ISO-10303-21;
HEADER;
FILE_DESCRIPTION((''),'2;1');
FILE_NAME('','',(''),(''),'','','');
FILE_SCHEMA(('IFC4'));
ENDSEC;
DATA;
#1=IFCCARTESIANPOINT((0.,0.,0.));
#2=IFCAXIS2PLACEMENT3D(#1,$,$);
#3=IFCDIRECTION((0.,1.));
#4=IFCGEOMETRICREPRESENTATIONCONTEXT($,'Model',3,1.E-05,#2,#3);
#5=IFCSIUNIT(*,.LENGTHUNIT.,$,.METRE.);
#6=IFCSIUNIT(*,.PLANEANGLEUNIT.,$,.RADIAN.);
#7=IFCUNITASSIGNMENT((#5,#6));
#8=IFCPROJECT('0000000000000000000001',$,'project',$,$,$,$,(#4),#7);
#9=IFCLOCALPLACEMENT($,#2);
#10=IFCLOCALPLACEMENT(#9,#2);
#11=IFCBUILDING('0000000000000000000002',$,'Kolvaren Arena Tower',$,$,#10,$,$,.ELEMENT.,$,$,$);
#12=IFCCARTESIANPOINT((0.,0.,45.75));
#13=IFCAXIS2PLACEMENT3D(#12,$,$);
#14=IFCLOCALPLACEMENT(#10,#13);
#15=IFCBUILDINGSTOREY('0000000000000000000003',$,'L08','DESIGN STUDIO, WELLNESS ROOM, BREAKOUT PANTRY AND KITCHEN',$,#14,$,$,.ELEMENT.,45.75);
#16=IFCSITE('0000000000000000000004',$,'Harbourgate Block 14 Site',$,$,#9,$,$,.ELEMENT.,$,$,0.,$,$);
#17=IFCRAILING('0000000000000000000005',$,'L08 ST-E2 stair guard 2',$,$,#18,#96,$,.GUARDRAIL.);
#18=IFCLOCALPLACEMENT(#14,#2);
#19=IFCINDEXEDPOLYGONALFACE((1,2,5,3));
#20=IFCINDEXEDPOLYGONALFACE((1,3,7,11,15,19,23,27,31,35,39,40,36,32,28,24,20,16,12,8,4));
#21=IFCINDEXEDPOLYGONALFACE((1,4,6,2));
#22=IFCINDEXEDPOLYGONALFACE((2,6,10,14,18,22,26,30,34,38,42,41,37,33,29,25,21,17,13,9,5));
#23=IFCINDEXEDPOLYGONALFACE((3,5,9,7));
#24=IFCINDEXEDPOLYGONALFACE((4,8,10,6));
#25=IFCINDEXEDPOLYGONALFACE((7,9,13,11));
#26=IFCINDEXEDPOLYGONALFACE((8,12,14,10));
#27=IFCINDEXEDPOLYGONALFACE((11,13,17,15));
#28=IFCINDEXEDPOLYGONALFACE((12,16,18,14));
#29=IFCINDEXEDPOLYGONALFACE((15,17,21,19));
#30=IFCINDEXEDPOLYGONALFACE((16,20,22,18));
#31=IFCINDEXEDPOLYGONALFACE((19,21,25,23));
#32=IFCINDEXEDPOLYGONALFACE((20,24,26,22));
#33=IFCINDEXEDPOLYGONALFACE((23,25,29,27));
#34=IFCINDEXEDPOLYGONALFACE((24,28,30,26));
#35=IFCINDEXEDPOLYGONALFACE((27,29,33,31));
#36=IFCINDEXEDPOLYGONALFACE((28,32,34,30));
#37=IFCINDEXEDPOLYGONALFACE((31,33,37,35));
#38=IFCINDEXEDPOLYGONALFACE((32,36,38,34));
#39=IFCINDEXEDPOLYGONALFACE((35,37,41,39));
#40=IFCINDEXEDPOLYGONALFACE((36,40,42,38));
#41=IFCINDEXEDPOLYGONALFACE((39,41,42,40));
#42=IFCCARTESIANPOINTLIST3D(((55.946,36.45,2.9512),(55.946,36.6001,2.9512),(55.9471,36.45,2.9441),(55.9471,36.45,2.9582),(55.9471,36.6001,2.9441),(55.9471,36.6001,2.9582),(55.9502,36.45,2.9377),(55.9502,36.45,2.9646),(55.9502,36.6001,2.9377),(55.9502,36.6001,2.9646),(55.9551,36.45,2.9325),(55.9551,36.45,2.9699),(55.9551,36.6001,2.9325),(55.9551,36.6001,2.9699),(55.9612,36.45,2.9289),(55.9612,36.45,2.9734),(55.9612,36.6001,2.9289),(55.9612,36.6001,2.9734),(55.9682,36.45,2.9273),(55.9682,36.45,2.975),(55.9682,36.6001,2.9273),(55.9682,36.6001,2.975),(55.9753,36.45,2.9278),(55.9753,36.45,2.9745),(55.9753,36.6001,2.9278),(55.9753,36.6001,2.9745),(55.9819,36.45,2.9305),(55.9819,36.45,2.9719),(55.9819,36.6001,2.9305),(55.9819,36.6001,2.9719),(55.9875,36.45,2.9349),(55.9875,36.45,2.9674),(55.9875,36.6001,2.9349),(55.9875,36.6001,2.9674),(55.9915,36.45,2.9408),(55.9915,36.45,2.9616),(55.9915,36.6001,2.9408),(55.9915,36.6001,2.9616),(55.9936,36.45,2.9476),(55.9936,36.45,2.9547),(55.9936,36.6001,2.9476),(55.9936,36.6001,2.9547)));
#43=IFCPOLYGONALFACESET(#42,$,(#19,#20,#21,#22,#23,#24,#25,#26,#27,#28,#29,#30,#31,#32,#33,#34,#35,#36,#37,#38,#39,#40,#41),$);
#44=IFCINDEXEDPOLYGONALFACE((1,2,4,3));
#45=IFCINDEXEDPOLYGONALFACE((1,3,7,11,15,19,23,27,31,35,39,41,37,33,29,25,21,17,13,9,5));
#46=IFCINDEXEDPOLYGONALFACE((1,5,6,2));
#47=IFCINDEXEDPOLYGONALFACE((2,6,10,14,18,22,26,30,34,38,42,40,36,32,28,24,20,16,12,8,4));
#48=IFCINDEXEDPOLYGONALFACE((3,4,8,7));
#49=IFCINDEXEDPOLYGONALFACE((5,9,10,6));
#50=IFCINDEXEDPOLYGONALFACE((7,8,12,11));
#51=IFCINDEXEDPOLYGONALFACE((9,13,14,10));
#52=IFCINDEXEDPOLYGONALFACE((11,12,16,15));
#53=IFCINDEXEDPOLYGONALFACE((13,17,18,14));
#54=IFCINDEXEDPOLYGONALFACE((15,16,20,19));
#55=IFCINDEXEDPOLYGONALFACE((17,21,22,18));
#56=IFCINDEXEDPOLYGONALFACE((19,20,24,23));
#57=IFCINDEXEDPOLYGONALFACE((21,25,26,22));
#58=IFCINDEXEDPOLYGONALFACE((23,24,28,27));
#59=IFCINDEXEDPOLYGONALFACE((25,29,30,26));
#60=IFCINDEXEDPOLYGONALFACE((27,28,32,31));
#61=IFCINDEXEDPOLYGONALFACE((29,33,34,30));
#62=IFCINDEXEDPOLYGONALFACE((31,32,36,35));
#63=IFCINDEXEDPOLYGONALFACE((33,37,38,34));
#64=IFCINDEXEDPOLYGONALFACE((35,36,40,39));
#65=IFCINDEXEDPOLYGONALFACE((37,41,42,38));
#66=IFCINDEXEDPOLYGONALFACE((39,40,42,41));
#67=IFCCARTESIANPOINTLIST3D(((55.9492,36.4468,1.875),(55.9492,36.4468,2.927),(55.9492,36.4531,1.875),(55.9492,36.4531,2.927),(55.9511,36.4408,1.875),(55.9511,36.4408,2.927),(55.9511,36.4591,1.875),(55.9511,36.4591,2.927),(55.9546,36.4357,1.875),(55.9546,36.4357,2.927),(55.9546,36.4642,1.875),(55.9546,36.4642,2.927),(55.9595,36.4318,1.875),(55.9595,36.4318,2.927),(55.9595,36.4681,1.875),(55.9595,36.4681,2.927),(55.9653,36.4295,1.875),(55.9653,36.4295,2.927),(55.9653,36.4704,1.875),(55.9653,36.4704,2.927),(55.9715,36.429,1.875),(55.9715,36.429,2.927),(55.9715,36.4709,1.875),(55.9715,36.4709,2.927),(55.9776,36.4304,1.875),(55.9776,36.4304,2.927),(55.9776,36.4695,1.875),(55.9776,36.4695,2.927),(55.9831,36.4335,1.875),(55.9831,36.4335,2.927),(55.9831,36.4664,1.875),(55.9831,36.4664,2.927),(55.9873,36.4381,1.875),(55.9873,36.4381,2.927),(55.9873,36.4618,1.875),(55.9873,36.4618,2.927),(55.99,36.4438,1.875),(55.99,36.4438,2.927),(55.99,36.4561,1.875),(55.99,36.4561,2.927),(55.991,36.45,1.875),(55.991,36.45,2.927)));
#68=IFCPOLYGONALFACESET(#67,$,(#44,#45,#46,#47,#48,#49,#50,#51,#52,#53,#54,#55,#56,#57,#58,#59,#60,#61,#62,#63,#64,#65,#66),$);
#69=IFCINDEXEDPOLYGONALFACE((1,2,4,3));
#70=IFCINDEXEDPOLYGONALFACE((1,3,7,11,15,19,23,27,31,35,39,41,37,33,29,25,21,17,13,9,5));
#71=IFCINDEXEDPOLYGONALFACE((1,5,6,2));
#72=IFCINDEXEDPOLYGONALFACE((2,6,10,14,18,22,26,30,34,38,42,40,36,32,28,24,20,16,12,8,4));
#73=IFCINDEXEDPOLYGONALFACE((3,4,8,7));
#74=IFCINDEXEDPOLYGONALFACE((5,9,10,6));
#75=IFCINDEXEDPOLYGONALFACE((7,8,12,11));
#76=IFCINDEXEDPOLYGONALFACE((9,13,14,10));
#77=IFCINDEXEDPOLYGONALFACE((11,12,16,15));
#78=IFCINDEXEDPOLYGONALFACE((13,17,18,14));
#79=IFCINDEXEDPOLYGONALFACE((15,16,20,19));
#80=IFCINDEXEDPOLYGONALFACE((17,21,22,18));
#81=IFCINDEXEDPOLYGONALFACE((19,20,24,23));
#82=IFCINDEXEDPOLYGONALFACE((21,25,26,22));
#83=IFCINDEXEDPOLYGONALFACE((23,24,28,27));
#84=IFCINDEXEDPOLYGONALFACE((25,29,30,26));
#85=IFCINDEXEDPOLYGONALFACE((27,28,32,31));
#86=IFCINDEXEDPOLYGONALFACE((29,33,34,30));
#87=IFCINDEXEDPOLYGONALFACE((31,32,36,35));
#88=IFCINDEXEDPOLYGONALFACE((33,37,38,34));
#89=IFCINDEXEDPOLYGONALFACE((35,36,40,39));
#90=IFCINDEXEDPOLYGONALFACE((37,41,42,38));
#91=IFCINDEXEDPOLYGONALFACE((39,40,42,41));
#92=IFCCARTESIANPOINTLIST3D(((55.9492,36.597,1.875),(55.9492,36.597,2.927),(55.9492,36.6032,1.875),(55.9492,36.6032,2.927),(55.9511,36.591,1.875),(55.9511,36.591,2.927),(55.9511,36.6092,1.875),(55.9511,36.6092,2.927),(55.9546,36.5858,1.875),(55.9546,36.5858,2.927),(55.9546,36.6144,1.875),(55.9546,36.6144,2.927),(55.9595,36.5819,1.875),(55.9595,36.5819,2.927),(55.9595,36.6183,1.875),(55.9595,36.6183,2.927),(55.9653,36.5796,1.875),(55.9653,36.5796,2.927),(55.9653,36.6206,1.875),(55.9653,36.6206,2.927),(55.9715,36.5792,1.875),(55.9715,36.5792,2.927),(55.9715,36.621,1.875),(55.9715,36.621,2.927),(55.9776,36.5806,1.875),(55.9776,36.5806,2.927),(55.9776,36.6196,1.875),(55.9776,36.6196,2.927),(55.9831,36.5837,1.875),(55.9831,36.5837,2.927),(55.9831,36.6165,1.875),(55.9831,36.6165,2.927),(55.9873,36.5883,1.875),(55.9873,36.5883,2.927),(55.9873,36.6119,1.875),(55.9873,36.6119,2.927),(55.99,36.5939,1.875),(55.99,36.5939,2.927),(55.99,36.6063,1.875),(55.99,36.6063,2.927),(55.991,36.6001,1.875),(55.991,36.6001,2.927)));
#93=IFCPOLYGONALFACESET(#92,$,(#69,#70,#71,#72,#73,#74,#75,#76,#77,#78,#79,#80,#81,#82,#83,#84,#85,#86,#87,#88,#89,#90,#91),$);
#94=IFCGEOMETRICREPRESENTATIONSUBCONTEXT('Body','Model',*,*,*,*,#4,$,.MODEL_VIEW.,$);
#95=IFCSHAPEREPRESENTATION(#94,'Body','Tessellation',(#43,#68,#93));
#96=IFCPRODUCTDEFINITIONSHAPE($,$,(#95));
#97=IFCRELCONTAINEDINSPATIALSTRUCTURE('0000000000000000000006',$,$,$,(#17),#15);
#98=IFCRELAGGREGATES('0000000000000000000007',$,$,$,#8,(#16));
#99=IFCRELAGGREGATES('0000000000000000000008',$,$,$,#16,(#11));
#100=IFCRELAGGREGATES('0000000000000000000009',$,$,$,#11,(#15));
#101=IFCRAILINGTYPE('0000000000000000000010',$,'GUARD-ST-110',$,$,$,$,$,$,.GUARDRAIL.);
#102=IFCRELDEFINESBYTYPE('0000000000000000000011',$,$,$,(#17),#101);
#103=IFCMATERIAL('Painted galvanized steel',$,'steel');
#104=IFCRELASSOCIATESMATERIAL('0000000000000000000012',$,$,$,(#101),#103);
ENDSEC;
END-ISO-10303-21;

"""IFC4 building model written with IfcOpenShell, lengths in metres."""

from ifc_helpers import new_model, si_unit, direction, frame, origin, origin_2d, place, context, subcontext, project, spatial, circle, extrude, material, type_object, element, save


model = new_model("IFC4")

# Units and contexts
model_context = context("Model", 3, precision=1e-05, world=origin(), true_north=direction((0.0, 1.0)))
body_context = subcontext(model_context, "Body", "Model", "MODEL_VIEW")
ifc_project = project(units=[si_unit("LENGTHUNIT", "METRE"), si_unit("PLANEANGLEUNIT", "RADIAN")], contexts=[model_context])

# Site, building, storey
site_placement = place(None, origin())
site = spatial("IfcSite", under=ifc_project, at=site_placement, Name="Harbourgate Block 14 Site", CompositionType="ELEMENT", RefElevation=0.0)
building_placement = place(site_placement, origin())
building = spatial("IfcBuilding", under=site, at=building_placement, Name="Kolvaren Arena Tower", CompositionType="ELEMENT")
storey_placement = place(building_placement, frame((0.0, 0.0, 45.75)))
storey = spatial("IfcBuildingStorey", under=building, at=storey_placement, Name="L08", Description="DESIGN STUDIO, WELLNESS ROOM, BREAKOUT PANTRY AND KITCHEN", CompositionType="ELEMENT", Elevation=45.75)

# Railing
ifc_material_1 = material(Name="Painted galvanized steel", Category="steel")
railing_type_1 = type_object("IfcRailingType", Name="GUARD-ST-110", PredefinedType="GUARDRAIL", material=ifc_material_1)
railing_1_placement = place(storey_placement, frame((55.97, 36.45, 1.875)))
element("IfcRailing", 1, at=railing_1_placement, inside=storey, type_object=railing_type_1, Name="L08 ST-E2 stair guard 2", PredefinedType="GUARDRAIL", context=body_context, shape_type="SweptSolid", body=[
    extrude(circle(Radius=0.0239, at=origin_2d()), frame((0.0, 0.0, 1.0762), z_axis=(0.0, 1.0, 0.0), x_axis=(-1.0, 0.0, 0.0)), (0.0, 0.0, 1.0), 0.1501),
    extrude(circle(Radius=0.021, at=origin_2d()), origin(), (0.0, 0.0, 1.0), 1.052),
    extrude(circle(Radius=0.021, at=origin_2d()), frame((0.0, 0.1501, 0.0)), (0.0, 0.0, 1.0), 1.052),
])

save(model, "model.ifc")
